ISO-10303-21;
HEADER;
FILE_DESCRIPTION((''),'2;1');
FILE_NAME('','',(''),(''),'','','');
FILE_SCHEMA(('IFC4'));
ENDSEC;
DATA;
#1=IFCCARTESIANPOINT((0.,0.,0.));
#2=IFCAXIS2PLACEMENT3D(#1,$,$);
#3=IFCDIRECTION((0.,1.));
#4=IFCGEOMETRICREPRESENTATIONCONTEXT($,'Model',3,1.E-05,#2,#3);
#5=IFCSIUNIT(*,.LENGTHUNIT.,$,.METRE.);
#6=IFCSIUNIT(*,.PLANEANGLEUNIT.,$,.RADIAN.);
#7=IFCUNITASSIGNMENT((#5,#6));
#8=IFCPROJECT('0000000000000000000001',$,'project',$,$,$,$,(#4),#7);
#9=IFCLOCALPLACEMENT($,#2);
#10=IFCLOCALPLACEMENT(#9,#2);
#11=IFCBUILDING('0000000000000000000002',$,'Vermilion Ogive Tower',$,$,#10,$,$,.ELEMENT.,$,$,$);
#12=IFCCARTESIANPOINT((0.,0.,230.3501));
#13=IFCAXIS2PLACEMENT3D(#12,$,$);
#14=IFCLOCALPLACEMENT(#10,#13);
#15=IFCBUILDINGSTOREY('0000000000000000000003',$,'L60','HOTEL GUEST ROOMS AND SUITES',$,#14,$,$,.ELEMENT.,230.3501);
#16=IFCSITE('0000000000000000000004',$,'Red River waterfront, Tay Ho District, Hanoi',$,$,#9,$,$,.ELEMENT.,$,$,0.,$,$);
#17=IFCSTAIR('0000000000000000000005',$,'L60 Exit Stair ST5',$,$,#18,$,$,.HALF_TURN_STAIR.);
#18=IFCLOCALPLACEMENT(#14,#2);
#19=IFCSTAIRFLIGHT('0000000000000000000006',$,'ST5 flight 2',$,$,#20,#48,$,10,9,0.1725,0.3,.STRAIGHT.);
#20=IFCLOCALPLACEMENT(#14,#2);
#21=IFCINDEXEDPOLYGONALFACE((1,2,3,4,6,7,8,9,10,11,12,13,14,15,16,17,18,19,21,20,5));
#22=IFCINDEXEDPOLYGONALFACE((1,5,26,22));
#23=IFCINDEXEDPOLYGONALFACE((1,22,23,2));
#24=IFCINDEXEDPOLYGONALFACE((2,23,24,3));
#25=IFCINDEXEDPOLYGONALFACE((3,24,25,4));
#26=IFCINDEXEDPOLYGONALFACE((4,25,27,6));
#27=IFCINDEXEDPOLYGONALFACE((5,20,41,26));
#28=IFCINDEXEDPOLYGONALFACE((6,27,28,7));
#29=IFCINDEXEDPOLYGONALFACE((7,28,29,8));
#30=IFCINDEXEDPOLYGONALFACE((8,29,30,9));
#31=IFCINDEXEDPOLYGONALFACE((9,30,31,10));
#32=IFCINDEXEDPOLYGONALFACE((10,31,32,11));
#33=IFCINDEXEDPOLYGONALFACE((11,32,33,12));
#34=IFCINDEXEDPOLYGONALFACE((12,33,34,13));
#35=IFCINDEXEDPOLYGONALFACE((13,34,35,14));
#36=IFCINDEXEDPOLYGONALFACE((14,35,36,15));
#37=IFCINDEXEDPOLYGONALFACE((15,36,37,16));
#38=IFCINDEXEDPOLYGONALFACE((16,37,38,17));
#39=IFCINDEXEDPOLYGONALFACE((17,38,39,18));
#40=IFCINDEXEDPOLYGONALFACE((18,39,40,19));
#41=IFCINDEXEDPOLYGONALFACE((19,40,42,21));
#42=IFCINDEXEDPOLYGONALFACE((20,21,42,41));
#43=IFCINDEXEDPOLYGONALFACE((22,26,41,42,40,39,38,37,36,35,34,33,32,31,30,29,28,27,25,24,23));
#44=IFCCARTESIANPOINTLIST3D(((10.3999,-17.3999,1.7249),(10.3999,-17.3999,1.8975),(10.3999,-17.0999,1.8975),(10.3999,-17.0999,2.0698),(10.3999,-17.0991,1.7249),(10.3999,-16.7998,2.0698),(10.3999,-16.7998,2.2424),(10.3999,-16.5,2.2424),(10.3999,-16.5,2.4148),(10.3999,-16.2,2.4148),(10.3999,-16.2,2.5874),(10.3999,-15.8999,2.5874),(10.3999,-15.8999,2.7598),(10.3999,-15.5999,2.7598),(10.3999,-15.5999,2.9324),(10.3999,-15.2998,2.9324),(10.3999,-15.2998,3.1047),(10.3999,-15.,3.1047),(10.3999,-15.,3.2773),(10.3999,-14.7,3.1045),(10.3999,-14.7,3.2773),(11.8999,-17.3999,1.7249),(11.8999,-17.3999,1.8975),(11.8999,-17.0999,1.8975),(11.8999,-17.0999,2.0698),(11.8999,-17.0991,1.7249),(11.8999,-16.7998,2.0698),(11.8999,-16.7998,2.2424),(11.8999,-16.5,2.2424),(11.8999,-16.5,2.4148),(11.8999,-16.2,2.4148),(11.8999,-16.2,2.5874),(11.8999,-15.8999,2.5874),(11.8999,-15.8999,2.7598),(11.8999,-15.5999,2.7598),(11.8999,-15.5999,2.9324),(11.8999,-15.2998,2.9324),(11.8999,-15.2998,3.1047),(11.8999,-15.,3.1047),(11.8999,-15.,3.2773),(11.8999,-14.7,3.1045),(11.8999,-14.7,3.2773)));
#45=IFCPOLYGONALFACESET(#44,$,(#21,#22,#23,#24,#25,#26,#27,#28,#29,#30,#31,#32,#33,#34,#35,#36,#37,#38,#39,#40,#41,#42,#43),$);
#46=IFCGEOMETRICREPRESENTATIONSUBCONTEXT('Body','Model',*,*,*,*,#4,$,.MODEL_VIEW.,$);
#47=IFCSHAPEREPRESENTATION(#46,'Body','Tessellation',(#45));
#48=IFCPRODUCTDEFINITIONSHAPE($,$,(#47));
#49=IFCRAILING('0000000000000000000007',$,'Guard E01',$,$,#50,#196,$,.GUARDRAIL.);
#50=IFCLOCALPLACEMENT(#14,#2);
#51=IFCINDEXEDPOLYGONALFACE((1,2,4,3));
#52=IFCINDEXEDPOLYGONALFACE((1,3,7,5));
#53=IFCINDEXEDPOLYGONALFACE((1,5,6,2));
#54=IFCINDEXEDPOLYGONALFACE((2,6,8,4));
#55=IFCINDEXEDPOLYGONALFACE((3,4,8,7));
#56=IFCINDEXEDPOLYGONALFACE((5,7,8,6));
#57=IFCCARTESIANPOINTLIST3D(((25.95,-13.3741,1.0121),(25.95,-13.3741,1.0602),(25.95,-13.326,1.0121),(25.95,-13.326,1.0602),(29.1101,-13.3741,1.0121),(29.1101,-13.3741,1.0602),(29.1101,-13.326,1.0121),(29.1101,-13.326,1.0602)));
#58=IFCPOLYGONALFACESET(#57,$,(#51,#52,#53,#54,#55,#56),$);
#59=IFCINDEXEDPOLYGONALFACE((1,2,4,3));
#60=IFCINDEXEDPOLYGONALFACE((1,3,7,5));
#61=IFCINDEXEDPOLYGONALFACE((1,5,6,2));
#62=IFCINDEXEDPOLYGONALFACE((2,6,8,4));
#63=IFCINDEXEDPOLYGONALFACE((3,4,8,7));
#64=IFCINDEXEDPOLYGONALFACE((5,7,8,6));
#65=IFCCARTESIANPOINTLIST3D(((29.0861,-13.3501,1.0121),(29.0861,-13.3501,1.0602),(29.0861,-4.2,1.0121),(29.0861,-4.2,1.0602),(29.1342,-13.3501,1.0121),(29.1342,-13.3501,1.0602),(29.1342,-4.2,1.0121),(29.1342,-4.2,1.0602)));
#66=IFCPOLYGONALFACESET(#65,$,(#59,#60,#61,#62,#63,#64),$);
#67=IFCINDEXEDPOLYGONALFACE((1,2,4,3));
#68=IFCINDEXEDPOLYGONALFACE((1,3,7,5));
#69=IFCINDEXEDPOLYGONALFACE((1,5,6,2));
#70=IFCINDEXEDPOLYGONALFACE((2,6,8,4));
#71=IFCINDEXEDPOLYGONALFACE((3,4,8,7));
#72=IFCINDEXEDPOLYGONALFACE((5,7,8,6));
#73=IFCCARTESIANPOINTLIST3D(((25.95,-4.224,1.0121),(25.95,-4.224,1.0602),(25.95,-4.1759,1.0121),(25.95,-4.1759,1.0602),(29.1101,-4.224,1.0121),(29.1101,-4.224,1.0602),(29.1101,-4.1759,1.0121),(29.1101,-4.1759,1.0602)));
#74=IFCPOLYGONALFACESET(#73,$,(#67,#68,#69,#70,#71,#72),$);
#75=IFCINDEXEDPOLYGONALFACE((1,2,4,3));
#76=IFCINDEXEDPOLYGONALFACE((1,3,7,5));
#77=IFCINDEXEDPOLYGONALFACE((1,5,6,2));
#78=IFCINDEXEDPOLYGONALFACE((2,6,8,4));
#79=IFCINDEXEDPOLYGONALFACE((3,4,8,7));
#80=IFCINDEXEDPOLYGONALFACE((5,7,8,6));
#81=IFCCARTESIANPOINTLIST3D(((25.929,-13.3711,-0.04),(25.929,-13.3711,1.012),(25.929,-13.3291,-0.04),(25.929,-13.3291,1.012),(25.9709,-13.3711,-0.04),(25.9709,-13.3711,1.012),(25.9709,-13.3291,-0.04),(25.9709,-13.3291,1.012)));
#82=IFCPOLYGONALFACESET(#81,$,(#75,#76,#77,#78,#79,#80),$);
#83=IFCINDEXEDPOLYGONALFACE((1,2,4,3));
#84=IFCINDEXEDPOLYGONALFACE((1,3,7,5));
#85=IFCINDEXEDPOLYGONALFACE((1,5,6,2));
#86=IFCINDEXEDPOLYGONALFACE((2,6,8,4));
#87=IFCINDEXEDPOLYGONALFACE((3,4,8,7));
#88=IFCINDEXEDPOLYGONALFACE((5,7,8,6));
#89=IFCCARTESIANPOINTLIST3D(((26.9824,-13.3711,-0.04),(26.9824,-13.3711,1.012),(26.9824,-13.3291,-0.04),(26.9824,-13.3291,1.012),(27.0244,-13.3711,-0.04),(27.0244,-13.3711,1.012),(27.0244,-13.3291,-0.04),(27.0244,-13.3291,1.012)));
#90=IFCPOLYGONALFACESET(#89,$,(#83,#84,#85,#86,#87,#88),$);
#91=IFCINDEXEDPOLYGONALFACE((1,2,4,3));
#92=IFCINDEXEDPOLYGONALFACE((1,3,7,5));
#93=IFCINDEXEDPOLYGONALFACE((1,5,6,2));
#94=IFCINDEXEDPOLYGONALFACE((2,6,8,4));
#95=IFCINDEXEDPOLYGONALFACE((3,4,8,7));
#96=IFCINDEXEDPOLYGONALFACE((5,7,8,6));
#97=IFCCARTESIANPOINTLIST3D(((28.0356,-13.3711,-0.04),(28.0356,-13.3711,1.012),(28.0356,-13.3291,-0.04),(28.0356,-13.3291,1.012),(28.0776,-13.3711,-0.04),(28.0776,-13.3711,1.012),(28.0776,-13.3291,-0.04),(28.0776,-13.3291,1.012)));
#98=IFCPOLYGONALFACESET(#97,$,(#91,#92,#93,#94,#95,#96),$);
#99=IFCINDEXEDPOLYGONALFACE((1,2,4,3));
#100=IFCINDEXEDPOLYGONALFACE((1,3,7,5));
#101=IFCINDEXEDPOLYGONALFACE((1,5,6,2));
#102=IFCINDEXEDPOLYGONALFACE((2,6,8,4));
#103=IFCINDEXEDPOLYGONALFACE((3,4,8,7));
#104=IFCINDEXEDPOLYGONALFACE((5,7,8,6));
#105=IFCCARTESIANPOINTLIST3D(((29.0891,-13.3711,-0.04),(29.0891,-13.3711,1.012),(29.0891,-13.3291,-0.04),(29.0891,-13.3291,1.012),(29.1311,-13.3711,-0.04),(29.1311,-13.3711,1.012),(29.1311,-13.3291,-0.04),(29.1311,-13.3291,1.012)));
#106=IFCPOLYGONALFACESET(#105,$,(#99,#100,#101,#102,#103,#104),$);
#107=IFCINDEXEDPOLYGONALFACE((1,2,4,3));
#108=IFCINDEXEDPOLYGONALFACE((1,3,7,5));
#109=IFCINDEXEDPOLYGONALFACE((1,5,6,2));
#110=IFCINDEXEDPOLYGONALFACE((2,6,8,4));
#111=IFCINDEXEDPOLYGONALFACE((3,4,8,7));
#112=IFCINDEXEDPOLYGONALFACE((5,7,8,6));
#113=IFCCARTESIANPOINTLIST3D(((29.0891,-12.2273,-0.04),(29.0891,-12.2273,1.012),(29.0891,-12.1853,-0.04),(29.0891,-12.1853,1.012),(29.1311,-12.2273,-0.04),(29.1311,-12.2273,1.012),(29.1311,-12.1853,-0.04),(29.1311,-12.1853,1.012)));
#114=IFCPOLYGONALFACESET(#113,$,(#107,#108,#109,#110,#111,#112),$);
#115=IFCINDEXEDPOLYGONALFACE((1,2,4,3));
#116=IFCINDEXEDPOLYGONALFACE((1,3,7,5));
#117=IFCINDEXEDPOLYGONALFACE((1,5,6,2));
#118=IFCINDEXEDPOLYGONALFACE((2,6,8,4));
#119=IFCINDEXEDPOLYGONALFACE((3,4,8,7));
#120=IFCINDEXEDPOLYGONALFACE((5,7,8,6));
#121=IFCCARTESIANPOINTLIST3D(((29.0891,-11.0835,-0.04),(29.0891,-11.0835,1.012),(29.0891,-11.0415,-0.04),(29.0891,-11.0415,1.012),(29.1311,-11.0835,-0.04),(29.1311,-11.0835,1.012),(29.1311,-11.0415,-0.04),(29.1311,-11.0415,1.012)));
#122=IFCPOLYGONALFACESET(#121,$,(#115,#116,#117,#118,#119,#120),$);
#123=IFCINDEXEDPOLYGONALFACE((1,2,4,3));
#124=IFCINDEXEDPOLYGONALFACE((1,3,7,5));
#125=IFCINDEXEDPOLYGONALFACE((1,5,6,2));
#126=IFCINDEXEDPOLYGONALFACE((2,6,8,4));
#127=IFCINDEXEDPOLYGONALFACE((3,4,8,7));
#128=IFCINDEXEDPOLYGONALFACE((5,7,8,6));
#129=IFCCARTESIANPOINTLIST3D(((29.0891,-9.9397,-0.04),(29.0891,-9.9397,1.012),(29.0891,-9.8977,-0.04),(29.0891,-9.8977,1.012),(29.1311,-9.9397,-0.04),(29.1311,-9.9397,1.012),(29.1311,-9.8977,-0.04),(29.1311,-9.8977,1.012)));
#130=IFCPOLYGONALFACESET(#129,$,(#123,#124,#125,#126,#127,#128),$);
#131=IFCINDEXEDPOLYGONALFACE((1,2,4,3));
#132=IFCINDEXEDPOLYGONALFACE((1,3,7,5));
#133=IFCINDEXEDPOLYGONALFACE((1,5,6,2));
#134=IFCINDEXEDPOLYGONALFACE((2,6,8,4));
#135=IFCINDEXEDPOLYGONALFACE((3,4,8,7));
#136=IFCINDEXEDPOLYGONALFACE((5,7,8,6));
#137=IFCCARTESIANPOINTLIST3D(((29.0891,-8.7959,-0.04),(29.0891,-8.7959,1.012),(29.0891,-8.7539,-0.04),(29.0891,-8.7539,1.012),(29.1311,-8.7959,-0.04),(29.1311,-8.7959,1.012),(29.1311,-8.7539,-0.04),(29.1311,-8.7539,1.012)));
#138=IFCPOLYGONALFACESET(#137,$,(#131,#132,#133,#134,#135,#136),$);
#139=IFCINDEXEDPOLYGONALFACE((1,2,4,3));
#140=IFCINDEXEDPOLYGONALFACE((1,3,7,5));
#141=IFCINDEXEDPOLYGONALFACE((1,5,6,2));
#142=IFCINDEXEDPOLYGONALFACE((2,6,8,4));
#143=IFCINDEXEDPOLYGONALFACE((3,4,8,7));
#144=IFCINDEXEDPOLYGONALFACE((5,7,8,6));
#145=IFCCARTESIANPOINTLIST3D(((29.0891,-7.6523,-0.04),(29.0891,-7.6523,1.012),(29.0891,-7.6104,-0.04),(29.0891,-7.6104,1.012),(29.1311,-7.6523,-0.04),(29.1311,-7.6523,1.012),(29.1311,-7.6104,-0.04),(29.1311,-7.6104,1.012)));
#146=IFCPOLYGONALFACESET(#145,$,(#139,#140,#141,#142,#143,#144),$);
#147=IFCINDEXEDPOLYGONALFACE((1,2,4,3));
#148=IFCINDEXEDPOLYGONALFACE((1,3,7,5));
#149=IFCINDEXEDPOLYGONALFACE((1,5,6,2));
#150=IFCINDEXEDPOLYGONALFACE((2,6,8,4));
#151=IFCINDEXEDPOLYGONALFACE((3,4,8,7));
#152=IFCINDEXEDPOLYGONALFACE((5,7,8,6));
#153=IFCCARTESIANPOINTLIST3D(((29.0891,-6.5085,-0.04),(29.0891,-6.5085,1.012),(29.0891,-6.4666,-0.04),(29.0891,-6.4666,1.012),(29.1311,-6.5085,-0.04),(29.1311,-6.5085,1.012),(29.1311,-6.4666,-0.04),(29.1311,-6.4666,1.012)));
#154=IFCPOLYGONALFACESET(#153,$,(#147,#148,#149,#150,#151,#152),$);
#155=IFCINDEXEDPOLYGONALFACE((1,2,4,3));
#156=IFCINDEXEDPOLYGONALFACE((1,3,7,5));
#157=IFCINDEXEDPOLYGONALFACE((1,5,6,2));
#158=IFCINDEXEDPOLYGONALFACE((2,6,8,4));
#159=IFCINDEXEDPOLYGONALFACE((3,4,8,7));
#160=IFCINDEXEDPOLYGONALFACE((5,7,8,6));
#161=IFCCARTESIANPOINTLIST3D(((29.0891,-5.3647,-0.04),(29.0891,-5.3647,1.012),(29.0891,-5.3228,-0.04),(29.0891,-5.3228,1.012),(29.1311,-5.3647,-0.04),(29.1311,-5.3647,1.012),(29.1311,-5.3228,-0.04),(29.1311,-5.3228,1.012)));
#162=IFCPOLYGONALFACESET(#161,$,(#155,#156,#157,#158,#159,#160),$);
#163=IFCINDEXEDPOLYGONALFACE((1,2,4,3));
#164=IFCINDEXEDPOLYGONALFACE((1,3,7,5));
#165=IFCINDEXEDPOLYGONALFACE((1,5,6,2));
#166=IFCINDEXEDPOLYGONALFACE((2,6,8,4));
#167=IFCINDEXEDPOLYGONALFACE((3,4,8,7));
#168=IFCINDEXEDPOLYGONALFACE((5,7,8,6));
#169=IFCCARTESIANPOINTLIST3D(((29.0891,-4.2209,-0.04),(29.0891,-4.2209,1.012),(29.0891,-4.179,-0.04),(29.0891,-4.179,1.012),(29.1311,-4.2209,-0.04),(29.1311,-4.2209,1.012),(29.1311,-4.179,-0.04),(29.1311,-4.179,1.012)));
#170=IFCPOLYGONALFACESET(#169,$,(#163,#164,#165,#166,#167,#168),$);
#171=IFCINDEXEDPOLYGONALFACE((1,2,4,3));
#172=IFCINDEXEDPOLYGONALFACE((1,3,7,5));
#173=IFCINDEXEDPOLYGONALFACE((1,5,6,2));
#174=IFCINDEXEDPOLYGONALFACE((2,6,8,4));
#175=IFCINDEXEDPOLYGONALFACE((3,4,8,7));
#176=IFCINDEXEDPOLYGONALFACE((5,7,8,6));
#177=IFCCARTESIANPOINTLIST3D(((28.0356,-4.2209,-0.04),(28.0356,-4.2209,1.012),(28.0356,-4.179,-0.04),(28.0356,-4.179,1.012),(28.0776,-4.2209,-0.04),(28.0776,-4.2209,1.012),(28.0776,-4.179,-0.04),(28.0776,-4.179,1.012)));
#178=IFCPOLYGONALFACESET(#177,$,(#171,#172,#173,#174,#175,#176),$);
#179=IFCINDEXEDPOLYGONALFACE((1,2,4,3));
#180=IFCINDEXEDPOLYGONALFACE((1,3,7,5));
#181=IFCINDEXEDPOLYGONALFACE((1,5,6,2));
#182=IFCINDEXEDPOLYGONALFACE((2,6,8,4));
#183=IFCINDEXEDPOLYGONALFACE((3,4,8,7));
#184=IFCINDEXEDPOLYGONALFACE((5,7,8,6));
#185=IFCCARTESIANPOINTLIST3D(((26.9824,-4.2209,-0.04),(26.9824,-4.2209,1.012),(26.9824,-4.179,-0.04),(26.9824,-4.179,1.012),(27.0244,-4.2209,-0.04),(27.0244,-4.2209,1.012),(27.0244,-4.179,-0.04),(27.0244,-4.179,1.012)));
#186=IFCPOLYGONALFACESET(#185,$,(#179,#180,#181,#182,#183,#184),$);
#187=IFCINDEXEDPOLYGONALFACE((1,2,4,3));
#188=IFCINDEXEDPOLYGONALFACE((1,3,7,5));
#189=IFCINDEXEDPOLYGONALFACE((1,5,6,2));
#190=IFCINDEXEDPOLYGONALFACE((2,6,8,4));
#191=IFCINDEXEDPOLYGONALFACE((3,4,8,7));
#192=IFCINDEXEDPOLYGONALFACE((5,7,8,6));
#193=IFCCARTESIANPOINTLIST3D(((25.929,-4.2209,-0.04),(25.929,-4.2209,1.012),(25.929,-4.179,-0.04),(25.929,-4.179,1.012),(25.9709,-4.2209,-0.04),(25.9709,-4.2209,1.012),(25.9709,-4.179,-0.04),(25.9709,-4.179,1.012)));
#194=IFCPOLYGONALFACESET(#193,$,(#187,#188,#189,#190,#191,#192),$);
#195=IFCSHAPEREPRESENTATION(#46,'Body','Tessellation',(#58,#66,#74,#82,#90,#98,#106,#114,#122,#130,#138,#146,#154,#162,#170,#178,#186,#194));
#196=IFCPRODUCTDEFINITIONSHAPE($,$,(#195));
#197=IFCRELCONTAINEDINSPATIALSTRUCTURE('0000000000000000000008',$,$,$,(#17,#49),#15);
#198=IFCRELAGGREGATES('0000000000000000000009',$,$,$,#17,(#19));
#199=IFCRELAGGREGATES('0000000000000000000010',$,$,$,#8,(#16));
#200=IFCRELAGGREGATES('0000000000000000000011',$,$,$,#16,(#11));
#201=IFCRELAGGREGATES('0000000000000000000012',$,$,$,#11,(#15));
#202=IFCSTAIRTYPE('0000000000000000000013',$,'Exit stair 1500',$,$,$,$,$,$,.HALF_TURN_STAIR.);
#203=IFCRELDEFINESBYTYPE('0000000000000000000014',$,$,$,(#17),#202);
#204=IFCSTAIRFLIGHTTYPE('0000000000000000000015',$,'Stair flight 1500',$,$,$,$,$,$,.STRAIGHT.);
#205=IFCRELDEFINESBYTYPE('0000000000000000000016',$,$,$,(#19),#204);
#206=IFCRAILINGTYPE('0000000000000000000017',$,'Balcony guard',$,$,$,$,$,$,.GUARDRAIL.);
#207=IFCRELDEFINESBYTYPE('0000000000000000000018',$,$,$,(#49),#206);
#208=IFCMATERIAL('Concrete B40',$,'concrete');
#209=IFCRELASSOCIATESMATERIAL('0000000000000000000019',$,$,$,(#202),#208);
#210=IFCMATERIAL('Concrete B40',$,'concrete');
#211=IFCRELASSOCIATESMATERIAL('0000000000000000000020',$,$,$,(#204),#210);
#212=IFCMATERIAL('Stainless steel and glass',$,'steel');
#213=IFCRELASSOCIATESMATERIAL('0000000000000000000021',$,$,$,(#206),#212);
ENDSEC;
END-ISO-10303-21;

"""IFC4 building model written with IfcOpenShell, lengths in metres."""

from ifc_helpers import new_model, si_unit, direction, frame, origin, origin_2d, place, context, subcontext, project, spatial, polyline, rectangle, outline, extrude, material, type_object, element, aggregate, save


model = new_model("IFC4")

# Units and contexts
model_context = context("Model", 3, precision=1e-05, world=origin(), true_north=direction((0.0, 1.0)))
body_context = subcontext(model_context, "Body", "Model", "MODEL_VIEW")
ifc_project = project(units=[si_unit("LENGTHUNIT", "METRE"), si_unit("PLANEANGLEUNIT", "RADIAN")], contexts=[model_context])

# Site, building, storey
site_placement = place(None, origin())
site = spatial("IfcSite", under=ifc_project, at=site_placement, Name="Red River waterfront, Tay Ho District, Hanoi", CompositionType="ELEMENT", RefElevation=0.0)
building_placement = place(site_placement, origin())
building = spatial("IfcBuilding", under=site, at=building_placement, Name="Vermilion Ogive Tower", CompositionType="ELEMENT")
storey_placement = place(building_placement, frame((0.0, 0.0, 230.3501)))
storey = spatial("IfcBuildingStorey", under=building, at=storey_placement, Name="L60", Description="HOTEL GUEST ROOMS AND SUITES", CompositionType="ELEMENT", Elevation=230.3501)

# Stair, stair flight
ifc_material_1 = material(Name="Concrete B40", Category="concrete")
stair_type = type_object("IfcStairType", Name="Exit stair 1500", PredefinedType="HALF_TURN_STAIR", material=ifc_material_1)
stair_placement = place(storey_placement, origin())
stair = element("IfcStair", 1, at=stair_placement, inside=storey, type_object=stair_type, Name="L60 Exit Stair ST5", PredefinedType="HALF_TURN_STAIR")
ifc_material_2 = material(Name="Concrete B40", Category="concrete")
stair_flight_type = type_object("IfcStairFlightType", Name="Stair flight 1500", PredefinedType="STRAIGHT", material=ifc_material_2)
stair_flight_1_placement = place(storey_placement, frame((11.1499, -17.3999, 1.7249), z_axis=(0.0, 0.0, 1.0), x_axis=(0.0, 1.0, 0.0)))
stair_flight_1 = element("IfcStairFlight", 2, at=stair_flight_1_placement, type_object=stair_flight_type, Name="ST5 flight 2", NumberOfRisers=10, NumberOfTreads=9, PredefinedType="STRAIGHT", RiserHeight=0.1725, TreadLength=0.3, context=body_context, shape_type="SweptSolid", body=[
    extrude(outline(polyline([(0.0, 0.0), (0.0, 0.1726), (0.3, 0.1726), (0.3, 0.345), (0.6001, 0.345), (0.6001, 0.5176), (0.8999, 0.5176), (0.8999, 0.6899), (1.2, 0.6899), (1.2, 0.8625), (1.5, 0.8625), (1.5, 1.0349), (1.8, 1.0349), (1.8, 1.2075), (2.1001, 1.2075), (2.1001, 1.3799), (2.3999, 1.3799), (2.3999, 1.5525), (2.7, 1.5525), (2.7, 1.7251), (2.7, 1.3796), (0.3008, 0.0), (0.0, 0.0)])), frame((0.0, 0.75, 0.0), z_axis=(0.0, -1.0, 0.0), x_axis=(1.0, 0.0, 0.0)), (0.0, 0.0, 1.0), 1.5),
])
aggregate(stair, [stair_flight_1])

# Railing
ifc_material_3 = material(Name="Stainless steel and glass", Category="steel")
railing_type_1 = type_object("IfcRailingType", Name="Balcony guard", PredefinedType="GUARDRAIL", material=ifc_material_3)
railing_1_placement = place(storey_placement, frame((25.95, -13.3501, -0.04)))
element("IfcRailing", 3, at=railing_1_placement, inside=storey, type_object=railing_type_1, Name="Guard E01", PredefinedType="GUARDRAIL", context=body_context, shape_type="SweptSolid", body=[
    extrude(rectangle(XDim=0.0481, YDim=0.0481, at=origin_2d()), frame((0.0, 0.0, 1.0762), z_axis=(1.0, 0.0, 0.0), x_axis=(0.0, 1.0, 0.0)), (0.0, 0.0, 1.0), 3.1602),
    extrude(rectangle(XDim=0.0481, YDim=0.0481, at=origin_2d()), frame((3.1602, 0.0, 1.0762), z_axis=(0.0, 1.0, 0.0), x_axis=(-1.0, 0.0, 0.0)), (0.0, 0.0, 1.0), 9.1501),
    extrude(rectangle(XDim=0.0481, YDim=0.0481, at=origin_2d()), frame((3.1602, 9.1501, 1.0762), z_axis=(-1.0, 0.0, 0.0), x_axis=(0.0, -1.0, 0.0)), (0.0, 0.0, 1.0), 3.1602),
    extrude(rectangle(XDim=0.042, YDim=0.042, at=origin_2d()), origin(), (0.0, 0.0, 1.0), 1.052),
    extrude(rectangle(XDim=0.042, YDim=0.042, at=origin_2d()), frame((1.0535, 0.0, 0.0)), (0.0, 0.0, 1.0), 1.052),
    extrude(rectangle(XDim=0.042, YDim=0.042, at=origin_2d()), frame((2.1067, 0.0, 0.0)), (0.0, 0.0, 1.0), 1.052),
    extrude(rectangle(XDim=0.042, YDim=0.042, at=origin_2d()), frame((3.1602, 0.0, 0.0)), (0.0, 0.0, 1.0), 1.052),
    extrude(rectangle(XDim=0.042, YDim=0.042, at=origin_2d()), frame((3.1602, 1.1438, 0.0)), (0.0, 0.0, 1.0), 1.052),
    extrude(rectangle(XDim=0.042, YDim=0.042, at=origin_2d()), frame((3.1602, 2.2876, 0.0)), (0.0, 0.0, 1.0), 1.052),
    extrude(rectangle(XDim=0.042, YDim=0.042, at=origin_2d()), frame((3.1602, 3.4314, 0.0)), (0.0, 0.0, 1.0), 1.052),
    extrude(rectangle(XDim=0.042, YDim=0.042, at=origin_2d()), frame((3.1602, 4.5752, 0.0)), (0.0, 0.0, 1.0), 1.052),
    extrude(rectangle(XDim=0.042, YDim=0.042, at=origin_2d()), frame((3.1602, 5.7188, 0.0)), (0.0, 0.0, 1.0), 1.052),
    extrude(rectangle(XDim=0.042, YDim=0.042, at=origin_2d()), frame((3.1602, 6.8625, 0.0)), (0.0, 0.0, 1.0), 1.052),
    extrude(rectangle(XDim=0.042, YDim=0.042, at=origin_2d()), frame((3.1602, 8.0063, 0.0)), (0.0, 0.0, 1.0), 1.052),
    extrude(rectangle(XDim=0.042, YDim=0.042, at=origin_2d()), frame((3.1602, 9.1501, 0.0)), (0.0, 0.0, 1.0), 1.052),
    extrude(rectangle(XDim=0.042, YDim=0.042, at=origin_2d()), frame((2.1067, 9.1501, 0.0)), (0.0, 0.0, 1.0), 1.052),
    extrude(rectangle(XDim=0.042, YDim=0.042, at=origin_2d()), frame((1.0535, 9.1501, 0.0)), (0.0, 0.0, 1.0), 1.052),
    extrude(rectangle(XDim=0.042, YDim=0.042, at=origin_2d()), frame((0.0, 9.1501, 0.0)), (0.0, 0.0, 1.0), 1.052),
])

save(model, "model.ifc")
